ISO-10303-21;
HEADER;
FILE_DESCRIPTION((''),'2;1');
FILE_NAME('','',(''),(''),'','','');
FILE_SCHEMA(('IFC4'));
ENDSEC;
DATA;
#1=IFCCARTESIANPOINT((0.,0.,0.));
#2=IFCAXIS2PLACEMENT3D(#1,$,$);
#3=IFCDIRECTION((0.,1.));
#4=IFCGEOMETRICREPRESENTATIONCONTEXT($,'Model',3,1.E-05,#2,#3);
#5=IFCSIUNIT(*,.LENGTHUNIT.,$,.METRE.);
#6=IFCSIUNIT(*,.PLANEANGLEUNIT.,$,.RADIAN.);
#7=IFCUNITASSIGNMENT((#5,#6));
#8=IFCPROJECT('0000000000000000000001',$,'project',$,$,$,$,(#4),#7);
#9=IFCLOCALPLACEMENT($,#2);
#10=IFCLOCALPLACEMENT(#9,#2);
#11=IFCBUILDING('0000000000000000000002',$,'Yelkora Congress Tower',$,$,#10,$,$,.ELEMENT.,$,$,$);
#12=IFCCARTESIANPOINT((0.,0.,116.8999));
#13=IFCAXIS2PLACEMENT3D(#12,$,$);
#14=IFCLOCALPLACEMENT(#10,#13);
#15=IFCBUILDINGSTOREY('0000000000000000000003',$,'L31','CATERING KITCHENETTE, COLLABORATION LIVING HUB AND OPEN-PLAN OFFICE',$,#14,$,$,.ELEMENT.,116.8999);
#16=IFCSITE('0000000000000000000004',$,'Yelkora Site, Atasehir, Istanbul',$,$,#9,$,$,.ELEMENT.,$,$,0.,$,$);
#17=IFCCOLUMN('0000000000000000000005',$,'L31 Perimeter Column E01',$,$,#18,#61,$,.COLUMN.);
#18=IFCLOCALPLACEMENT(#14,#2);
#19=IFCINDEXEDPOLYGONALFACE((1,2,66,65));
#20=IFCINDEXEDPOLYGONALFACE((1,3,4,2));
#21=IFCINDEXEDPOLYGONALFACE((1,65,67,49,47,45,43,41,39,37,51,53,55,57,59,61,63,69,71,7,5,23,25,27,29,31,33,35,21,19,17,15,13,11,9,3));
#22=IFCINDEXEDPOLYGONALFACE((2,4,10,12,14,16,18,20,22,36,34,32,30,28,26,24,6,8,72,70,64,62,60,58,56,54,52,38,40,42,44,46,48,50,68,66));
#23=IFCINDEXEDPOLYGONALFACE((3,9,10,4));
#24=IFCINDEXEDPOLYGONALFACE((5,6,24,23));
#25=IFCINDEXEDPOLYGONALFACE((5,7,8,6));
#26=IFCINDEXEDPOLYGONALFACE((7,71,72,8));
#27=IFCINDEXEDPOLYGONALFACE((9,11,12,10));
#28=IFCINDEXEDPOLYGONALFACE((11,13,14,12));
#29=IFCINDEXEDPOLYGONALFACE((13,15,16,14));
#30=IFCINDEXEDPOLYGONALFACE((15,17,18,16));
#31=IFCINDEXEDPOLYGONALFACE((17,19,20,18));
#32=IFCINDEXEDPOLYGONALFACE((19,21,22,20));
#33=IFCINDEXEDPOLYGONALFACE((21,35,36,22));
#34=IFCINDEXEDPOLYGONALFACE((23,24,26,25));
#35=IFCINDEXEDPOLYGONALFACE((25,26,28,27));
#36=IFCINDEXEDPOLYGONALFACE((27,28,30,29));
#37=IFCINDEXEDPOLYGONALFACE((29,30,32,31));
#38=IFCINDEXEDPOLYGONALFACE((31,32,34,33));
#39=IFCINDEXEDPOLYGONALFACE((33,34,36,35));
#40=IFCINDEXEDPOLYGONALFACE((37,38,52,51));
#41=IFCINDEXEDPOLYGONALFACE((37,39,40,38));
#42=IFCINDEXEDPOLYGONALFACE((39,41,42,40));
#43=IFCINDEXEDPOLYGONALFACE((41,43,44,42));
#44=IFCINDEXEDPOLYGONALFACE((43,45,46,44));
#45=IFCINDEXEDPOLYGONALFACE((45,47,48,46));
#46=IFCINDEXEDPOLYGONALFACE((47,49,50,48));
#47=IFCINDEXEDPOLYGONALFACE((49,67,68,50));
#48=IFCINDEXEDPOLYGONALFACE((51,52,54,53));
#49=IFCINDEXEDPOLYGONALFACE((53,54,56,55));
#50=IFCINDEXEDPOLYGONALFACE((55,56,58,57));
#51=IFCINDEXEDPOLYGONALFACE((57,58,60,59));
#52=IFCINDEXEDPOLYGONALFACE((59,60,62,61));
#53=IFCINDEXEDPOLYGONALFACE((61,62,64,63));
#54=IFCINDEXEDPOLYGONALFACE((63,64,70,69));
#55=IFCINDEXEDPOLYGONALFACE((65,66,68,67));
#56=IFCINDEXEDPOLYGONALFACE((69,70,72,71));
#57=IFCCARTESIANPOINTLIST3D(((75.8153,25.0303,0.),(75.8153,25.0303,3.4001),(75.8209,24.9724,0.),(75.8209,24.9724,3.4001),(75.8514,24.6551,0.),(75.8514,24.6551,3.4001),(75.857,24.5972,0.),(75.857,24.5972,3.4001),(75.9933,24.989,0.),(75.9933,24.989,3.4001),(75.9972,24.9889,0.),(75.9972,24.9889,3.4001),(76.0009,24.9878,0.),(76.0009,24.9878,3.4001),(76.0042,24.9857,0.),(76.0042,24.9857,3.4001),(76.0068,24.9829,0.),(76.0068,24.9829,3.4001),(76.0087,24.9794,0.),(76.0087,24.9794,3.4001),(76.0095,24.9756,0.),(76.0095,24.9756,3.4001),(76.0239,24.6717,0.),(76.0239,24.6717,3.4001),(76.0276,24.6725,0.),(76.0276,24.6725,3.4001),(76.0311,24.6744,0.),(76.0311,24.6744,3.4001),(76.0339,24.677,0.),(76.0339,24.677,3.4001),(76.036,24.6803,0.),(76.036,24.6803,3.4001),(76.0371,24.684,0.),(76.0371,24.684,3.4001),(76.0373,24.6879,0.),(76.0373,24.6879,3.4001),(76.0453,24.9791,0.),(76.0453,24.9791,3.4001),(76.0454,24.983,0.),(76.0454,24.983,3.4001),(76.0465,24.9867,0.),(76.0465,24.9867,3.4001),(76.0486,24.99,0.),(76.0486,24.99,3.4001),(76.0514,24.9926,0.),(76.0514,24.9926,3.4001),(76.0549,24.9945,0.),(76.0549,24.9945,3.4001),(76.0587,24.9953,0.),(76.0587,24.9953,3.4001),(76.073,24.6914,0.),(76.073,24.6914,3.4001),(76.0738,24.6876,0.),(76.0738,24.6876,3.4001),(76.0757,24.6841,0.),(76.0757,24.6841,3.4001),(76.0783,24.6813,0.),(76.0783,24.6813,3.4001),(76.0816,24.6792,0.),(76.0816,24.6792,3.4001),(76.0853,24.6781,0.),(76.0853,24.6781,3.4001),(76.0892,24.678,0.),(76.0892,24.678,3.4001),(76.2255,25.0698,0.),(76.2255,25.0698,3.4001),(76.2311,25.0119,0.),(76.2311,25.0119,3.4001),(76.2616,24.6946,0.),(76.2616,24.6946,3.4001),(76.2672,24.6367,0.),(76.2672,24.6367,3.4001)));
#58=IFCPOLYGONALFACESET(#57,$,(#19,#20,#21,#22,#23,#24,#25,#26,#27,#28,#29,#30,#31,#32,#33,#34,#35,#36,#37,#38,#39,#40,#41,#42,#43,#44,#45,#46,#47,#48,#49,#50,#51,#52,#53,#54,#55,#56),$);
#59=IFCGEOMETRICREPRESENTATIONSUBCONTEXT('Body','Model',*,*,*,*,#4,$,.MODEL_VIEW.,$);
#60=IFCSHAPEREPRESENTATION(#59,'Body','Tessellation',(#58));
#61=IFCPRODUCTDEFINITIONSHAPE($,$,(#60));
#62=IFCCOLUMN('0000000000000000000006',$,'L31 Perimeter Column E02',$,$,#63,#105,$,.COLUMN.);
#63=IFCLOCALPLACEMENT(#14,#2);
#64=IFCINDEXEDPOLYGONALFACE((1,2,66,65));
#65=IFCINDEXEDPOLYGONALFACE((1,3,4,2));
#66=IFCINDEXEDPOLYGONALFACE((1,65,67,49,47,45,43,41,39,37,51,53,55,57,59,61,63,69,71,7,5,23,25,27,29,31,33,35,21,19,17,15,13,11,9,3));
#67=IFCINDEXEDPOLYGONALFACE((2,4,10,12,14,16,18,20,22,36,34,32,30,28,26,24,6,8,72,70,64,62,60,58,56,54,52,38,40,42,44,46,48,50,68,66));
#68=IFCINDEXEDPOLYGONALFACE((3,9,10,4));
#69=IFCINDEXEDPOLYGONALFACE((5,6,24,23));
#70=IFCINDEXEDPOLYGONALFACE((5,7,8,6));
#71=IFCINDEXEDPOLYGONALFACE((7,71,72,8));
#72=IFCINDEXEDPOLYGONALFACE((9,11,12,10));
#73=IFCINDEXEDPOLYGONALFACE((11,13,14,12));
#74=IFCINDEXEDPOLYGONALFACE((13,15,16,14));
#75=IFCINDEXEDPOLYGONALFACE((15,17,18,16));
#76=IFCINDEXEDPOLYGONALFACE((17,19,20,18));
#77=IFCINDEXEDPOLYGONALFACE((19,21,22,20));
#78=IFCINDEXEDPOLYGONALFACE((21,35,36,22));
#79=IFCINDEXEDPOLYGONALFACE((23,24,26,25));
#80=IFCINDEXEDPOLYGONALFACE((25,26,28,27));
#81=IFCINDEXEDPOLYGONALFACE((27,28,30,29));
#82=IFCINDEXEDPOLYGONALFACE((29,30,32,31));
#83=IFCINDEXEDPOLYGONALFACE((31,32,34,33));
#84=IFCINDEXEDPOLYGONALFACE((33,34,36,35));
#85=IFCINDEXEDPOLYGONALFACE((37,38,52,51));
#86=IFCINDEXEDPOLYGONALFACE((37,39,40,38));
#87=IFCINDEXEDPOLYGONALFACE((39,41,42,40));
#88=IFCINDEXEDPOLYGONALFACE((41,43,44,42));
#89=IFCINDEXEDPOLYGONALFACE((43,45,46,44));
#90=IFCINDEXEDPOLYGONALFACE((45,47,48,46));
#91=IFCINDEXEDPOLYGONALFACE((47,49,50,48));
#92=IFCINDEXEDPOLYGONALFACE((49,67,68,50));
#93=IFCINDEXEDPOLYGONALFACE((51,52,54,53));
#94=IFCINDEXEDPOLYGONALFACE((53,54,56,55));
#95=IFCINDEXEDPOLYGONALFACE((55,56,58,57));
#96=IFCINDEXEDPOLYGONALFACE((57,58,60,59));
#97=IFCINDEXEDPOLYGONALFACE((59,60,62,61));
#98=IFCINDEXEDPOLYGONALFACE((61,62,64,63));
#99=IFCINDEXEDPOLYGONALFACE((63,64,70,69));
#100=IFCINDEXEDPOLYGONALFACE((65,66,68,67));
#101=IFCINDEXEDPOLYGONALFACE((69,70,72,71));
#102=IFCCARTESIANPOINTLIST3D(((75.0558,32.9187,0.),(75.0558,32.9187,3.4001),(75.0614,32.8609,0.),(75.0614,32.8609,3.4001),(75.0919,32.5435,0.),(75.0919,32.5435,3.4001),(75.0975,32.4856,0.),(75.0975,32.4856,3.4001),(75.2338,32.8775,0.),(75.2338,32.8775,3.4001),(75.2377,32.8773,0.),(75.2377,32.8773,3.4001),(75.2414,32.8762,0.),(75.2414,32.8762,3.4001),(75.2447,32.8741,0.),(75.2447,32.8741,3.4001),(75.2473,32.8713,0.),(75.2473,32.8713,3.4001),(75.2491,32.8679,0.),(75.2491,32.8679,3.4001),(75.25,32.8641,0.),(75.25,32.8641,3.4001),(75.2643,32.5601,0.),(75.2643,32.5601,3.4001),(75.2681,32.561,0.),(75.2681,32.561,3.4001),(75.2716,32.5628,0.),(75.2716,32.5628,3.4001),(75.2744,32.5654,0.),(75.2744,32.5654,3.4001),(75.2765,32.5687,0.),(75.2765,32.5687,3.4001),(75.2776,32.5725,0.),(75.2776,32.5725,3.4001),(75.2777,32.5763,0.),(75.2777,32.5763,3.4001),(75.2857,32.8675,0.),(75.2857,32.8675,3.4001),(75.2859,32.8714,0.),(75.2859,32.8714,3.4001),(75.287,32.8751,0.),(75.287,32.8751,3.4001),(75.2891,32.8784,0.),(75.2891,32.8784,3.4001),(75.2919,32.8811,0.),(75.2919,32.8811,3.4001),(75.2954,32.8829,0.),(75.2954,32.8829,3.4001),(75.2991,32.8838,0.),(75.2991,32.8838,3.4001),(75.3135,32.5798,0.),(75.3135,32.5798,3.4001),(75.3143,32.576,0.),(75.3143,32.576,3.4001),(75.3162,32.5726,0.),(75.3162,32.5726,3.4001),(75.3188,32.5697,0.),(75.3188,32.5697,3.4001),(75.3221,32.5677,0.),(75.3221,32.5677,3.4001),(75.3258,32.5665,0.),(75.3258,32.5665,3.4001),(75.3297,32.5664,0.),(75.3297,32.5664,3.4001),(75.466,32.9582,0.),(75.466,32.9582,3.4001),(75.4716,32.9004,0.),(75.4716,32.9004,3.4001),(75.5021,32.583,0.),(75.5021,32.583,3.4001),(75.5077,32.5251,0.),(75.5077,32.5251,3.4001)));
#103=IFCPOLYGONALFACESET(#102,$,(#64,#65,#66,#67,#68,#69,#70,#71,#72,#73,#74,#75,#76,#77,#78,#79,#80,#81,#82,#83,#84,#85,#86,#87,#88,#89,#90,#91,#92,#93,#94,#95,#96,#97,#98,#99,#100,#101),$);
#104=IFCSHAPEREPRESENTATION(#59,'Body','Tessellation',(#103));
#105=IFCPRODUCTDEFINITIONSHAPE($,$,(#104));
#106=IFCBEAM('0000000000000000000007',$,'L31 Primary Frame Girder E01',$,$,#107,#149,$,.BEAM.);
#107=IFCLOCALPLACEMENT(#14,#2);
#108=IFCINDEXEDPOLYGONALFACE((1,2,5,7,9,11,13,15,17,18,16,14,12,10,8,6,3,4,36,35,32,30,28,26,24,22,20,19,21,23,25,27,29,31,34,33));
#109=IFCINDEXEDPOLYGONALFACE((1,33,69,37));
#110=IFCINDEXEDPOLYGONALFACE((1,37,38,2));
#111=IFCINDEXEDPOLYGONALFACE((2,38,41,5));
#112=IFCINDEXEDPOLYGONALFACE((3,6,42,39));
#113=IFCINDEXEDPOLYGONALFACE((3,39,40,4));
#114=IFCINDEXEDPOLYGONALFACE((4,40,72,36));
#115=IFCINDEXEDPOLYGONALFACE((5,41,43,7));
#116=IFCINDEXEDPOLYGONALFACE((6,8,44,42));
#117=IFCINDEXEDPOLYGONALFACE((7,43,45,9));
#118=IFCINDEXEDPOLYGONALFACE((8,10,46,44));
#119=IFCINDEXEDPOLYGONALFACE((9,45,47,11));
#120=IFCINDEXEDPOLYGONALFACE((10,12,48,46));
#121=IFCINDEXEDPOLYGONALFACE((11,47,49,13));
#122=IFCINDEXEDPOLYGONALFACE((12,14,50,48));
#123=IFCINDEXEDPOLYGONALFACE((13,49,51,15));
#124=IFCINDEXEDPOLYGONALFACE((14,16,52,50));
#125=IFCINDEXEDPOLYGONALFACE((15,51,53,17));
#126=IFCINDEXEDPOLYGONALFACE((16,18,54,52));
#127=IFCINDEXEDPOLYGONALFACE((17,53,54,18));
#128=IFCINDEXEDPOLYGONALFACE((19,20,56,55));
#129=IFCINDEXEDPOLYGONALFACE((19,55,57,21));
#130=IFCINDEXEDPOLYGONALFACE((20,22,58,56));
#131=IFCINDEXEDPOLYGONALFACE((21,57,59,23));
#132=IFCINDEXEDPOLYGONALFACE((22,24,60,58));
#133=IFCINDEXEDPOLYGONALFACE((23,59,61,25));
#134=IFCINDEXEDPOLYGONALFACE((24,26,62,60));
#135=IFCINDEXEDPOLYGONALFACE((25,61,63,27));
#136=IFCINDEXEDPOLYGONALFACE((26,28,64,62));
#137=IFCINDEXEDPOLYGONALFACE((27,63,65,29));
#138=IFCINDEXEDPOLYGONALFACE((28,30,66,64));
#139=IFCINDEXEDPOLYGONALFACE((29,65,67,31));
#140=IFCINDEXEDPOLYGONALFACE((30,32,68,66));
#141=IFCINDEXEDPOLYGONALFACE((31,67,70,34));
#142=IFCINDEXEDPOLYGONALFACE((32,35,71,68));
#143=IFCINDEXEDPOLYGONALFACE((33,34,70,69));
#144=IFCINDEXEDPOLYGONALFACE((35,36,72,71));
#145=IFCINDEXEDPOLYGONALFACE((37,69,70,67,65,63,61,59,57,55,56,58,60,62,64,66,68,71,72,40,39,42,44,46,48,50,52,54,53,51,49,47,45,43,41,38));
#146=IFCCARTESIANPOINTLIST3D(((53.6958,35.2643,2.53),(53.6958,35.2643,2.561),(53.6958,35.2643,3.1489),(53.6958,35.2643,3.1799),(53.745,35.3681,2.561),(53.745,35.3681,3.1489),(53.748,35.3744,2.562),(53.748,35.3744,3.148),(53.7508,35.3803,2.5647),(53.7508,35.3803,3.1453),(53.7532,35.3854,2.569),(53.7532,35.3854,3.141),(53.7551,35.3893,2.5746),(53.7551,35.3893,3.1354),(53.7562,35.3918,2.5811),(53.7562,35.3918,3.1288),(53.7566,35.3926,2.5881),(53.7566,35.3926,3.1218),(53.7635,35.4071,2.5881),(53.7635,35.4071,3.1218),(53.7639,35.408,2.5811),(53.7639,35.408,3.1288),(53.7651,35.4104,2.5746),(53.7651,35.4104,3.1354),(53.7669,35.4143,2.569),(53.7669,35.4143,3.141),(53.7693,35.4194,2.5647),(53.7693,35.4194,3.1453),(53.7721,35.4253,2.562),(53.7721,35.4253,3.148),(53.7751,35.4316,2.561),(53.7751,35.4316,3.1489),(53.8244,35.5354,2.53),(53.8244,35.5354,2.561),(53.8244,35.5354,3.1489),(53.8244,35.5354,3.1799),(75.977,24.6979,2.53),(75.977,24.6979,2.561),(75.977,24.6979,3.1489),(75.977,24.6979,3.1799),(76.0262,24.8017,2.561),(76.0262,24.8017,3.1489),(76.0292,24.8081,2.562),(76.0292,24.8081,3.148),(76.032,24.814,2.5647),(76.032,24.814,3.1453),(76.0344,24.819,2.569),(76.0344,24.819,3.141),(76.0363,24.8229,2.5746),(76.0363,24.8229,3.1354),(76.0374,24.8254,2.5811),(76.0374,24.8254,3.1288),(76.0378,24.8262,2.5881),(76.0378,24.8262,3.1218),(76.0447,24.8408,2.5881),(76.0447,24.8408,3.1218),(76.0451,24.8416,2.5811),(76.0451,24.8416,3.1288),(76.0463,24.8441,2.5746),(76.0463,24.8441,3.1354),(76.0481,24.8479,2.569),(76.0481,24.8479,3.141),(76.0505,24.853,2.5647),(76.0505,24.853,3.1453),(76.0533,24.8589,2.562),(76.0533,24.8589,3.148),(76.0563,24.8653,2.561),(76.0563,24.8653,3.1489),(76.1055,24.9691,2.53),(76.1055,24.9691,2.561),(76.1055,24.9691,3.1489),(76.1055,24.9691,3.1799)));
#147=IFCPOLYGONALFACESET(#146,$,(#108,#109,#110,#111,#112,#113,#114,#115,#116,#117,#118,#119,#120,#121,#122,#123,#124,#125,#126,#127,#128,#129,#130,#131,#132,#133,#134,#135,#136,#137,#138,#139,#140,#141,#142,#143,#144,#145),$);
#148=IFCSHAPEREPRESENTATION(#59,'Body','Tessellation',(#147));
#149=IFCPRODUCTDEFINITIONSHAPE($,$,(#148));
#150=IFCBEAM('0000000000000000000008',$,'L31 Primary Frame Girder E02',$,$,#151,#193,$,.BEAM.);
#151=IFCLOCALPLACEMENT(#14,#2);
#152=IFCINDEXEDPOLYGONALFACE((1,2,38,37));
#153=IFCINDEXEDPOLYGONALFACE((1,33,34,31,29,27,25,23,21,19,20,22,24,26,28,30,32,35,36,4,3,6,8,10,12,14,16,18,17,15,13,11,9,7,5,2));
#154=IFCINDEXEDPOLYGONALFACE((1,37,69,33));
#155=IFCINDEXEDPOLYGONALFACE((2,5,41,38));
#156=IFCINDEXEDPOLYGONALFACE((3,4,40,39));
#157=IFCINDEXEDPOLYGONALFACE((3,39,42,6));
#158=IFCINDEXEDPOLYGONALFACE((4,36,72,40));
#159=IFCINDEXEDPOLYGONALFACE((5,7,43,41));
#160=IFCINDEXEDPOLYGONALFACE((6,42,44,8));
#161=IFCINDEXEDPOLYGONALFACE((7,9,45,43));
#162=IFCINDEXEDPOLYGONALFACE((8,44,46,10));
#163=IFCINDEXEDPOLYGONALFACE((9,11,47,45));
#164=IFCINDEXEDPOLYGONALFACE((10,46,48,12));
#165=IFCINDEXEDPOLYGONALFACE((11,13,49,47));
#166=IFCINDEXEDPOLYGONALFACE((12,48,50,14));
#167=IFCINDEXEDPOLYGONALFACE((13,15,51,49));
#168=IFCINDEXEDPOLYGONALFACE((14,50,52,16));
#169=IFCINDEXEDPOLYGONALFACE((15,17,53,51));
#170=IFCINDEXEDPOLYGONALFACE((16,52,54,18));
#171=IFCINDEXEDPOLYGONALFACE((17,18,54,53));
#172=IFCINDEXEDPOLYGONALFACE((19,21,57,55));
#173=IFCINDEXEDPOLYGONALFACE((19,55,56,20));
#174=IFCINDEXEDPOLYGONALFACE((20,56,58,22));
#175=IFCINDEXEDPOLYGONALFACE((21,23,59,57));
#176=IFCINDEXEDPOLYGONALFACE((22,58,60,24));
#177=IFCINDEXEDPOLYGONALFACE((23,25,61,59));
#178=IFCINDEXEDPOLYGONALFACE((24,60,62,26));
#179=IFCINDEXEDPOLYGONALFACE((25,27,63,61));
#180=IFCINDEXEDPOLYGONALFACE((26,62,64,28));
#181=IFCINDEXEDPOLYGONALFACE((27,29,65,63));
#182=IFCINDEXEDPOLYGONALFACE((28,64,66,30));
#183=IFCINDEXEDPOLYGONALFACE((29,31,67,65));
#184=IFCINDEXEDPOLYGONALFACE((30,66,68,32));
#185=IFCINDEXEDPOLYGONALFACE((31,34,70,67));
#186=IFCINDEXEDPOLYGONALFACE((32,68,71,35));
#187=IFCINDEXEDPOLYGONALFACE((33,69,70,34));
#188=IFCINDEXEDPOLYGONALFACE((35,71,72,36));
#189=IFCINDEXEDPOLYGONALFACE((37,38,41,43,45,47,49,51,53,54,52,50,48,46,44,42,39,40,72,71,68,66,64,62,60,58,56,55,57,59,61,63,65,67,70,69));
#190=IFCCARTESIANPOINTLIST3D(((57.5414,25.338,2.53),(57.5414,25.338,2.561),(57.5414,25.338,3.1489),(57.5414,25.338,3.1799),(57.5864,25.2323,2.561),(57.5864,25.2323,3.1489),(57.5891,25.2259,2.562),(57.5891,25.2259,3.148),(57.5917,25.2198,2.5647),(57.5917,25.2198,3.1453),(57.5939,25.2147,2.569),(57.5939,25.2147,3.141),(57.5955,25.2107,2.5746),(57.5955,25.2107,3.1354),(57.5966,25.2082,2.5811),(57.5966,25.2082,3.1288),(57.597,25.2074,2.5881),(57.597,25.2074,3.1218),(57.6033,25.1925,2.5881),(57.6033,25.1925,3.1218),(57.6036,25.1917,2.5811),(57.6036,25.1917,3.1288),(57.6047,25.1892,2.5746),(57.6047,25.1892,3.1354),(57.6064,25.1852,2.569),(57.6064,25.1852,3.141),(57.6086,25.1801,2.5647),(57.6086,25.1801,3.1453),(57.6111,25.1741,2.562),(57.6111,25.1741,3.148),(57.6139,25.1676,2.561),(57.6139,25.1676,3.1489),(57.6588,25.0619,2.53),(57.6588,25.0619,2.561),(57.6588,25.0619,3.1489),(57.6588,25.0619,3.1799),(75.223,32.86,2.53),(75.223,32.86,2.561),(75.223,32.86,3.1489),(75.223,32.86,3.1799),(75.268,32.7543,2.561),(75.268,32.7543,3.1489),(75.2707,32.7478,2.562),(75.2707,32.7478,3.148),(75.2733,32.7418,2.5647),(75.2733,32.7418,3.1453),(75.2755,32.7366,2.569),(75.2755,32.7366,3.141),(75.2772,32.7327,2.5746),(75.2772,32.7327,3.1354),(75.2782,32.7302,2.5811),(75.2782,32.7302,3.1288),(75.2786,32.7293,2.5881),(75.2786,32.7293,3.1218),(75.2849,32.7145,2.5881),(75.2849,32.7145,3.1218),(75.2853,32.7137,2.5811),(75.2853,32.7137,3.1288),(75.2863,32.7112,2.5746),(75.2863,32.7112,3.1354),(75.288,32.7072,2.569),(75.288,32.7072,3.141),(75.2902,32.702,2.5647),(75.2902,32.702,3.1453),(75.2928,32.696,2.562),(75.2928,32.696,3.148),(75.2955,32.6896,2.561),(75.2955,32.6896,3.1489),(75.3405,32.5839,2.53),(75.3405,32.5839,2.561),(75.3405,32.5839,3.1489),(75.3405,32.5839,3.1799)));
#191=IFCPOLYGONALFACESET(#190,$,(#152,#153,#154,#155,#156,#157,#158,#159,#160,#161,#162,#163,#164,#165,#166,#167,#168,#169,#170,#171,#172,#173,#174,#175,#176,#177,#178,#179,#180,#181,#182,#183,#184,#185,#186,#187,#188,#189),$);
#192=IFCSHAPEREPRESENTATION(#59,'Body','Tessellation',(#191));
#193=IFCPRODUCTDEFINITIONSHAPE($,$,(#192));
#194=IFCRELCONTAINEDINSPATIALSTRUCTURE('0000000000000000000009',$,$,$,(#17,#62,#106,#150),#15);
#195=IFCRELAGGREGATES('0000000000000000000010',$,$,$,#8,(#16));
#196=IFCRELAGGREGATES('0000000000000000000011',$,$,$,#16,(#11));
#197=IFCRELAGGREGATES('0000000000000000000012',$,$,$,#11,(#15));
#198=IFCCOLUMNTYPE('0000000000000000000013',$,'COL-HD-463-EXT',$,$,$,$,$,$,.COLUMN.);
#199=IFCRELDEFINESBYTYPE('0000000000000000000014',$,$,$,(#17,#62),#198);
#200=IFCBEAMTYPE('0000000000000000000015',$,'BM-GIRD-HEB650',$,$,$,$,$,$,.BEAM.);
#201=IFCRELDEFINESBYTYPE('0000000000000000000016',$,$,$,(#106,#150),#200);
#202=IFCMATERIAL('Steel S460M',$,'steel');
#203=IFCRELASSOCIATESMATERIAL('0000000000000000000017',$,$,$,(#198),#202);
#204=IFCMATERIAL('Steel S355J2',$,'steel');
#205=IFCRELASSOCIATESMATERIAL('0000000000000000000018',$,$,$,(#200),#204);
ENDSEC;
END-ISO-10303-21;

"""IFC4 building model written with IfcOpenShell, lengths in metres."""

from ifc_helpers import new_model, si_unit, direction, frame, origin, origin_2d, place, context, subcontext, project, spatial, i_section, extrude, material, material_profile, profile_set, type_object, element, save


model = new_model("IFC4")

# Units and contexts
model_context = context("Model", 3, precision=1e-05, world=origin(), true_north=direction((0.0, 1.0)))
body_context = subcontext(model_context, "Body", "Model", "MODEL_VIEW")
ifc_project = project(units=[si_unit("LENGTHUNIT", "METRE"), si_unit("PLANEANGLEUNIT", "RADIAN")], contexts=[model_context])

# Site, building, storey
site_placement = place(None, origin())
site = spatial("IfcSite", under=ifc_project, at=site_placement, Name="Yelkora Site, Atasehir, Istanbul", CompositionType="ELEMENT", RefElevation=0.0)
building_placement = place(site_placement, origin())
building = spatial("IfcBuilding", under=site, at=building_placement, Name="Yelkora Congress Tower", CompositionType="ELEMENT")
storey_placement = place(building_placement, frame((0.0, 0.0, 116.8999)))
storey = spatial("IfcBuildingStorey", under=building, at=storey_placement, Name="L31", Description="CATERING KITCHENETTE, COLLABORATION LIVING HUB AND OPEN-PLAN OFFICE", CompositionType="ELEMENT", Elevation=116.8999)

# Columns
ifc_material_1 = material(Name="Steel S460M", Category="steel")
ifc_material_profile_1 = material_profile(ifc_material_1, i_section(OverallWidth=0.4121, OverallDepth=0.4351, WebThickness=0.0359, FlangeThickness=0.0581, FilletRadius=0.0149, at=origin_2d()), Name="HD 400x463")
ifc_profile_set_1 = profile_set([ifc_material_profile_1], Name="Steel S460M")
column_type = type_object("IfcColumnType", Name="COL-HD-463-EXT", PredefinedType="COLUMN", material=ifc_profile_set_1)
for number, where, z_axis, x_axis, name in (
    (1, (76.0413, 24.8335, 0.0), (0.0, 0.0, 1.0), (0.995396, 0.095846, 0.0), "L31 Perimeter Column E01"),
    (2, (75.2817, 32.7219, 0.0), (0.0, 0.0, 1.0), (0.995396, 0.095846, 0.0), "L31 Perimeter Column E02"),
):
    element("IfcColumn", number, at=place(storey_placement, frame(where, z_axis=z_axis, x_axis=x_axis)), inside=storey, type_object=column_type, Name=name, PredefinedType="COLUMN", context=body_context, shape_type="SweptSolid", body=[
        extrude(i_section(OverallWidth=0.4121, OverallDepth=0.4351, WebThickness=0.0359, FlangeThickness=0.0581, FilletRadius=0.0149, at=origin_2d()), origin(), (0.0, 0.0, 1.0), 3.4001),
    ])

# Beams
ifc_material_2 = material(Name="Steel S355J2", Category="steel")
ifc_material_profile_2 = material_profile(ifc_material_2, i_section(OverallWidth=0.3, OverallDepth=0.6499, WebThickness=0.0161, FlangeThickness=0.031, FilletRadius=0.0271, at=origin_2d()), Name="HEB 650")
ifc_profile_set_2 = profile_set([ifc_material_profile_2], Name="Steel S355J2")
beam_type_1 = type_object("IfcBeamType", Name="BM-GIRD-HEB650", PredefinedType="BEAM", material=ifc_profile_set_2)
beam_1_placement = place(storey_placement, frame((76.0413, 24.8335, 2.855), z_axis=(-0.903547, 0.428488, 0.0), x_axis=(-0.428488, -0.903547, 0.0)))
element("IfcBeam", 3, at=beam_1_placement, inside=storey, type_object=beam_type_1, Name="L31 Primary Frame Girder E01", PredefinedType="BEAM", context=body_context, shape_type="SweptSolid", body=[
    extrude(i_section(OverallWidth=0.3, OverallDepth=0.6499, WebThickness=0.0161, FlangeThickness=0.031, FilletRadius=0.0271, at=origin_2d()), origin(), (0.0, 0.0, 1.0), 24.6597),
])
beam_2_placement = place(storey_placement, frame((75.2817, 32.7219, 2.855), z_axis=(-0.920195, -0.391461, 0.0), x_axis=(0.391461, -0.920195, 0.0)))
element("IfcBeam", 4, at=beam_2_placement, inside=storey, type_object=beam_type_1, Name="L31 Primary Frame Girder E02", PredefinedType="BEAM", context=body_context, shape_type="SweptSolid", body=[
    extrude(i_section(OverallWidth=0.3, OverallDepth=0.6499, WebThickness=0.0161, FlangeThickness=0.031, FilletRadius=0.0271, at=origin_2d()), origin(), (0.0, 0.0, 1.0), 19.2151),
])

save(model, "model.ifc")
